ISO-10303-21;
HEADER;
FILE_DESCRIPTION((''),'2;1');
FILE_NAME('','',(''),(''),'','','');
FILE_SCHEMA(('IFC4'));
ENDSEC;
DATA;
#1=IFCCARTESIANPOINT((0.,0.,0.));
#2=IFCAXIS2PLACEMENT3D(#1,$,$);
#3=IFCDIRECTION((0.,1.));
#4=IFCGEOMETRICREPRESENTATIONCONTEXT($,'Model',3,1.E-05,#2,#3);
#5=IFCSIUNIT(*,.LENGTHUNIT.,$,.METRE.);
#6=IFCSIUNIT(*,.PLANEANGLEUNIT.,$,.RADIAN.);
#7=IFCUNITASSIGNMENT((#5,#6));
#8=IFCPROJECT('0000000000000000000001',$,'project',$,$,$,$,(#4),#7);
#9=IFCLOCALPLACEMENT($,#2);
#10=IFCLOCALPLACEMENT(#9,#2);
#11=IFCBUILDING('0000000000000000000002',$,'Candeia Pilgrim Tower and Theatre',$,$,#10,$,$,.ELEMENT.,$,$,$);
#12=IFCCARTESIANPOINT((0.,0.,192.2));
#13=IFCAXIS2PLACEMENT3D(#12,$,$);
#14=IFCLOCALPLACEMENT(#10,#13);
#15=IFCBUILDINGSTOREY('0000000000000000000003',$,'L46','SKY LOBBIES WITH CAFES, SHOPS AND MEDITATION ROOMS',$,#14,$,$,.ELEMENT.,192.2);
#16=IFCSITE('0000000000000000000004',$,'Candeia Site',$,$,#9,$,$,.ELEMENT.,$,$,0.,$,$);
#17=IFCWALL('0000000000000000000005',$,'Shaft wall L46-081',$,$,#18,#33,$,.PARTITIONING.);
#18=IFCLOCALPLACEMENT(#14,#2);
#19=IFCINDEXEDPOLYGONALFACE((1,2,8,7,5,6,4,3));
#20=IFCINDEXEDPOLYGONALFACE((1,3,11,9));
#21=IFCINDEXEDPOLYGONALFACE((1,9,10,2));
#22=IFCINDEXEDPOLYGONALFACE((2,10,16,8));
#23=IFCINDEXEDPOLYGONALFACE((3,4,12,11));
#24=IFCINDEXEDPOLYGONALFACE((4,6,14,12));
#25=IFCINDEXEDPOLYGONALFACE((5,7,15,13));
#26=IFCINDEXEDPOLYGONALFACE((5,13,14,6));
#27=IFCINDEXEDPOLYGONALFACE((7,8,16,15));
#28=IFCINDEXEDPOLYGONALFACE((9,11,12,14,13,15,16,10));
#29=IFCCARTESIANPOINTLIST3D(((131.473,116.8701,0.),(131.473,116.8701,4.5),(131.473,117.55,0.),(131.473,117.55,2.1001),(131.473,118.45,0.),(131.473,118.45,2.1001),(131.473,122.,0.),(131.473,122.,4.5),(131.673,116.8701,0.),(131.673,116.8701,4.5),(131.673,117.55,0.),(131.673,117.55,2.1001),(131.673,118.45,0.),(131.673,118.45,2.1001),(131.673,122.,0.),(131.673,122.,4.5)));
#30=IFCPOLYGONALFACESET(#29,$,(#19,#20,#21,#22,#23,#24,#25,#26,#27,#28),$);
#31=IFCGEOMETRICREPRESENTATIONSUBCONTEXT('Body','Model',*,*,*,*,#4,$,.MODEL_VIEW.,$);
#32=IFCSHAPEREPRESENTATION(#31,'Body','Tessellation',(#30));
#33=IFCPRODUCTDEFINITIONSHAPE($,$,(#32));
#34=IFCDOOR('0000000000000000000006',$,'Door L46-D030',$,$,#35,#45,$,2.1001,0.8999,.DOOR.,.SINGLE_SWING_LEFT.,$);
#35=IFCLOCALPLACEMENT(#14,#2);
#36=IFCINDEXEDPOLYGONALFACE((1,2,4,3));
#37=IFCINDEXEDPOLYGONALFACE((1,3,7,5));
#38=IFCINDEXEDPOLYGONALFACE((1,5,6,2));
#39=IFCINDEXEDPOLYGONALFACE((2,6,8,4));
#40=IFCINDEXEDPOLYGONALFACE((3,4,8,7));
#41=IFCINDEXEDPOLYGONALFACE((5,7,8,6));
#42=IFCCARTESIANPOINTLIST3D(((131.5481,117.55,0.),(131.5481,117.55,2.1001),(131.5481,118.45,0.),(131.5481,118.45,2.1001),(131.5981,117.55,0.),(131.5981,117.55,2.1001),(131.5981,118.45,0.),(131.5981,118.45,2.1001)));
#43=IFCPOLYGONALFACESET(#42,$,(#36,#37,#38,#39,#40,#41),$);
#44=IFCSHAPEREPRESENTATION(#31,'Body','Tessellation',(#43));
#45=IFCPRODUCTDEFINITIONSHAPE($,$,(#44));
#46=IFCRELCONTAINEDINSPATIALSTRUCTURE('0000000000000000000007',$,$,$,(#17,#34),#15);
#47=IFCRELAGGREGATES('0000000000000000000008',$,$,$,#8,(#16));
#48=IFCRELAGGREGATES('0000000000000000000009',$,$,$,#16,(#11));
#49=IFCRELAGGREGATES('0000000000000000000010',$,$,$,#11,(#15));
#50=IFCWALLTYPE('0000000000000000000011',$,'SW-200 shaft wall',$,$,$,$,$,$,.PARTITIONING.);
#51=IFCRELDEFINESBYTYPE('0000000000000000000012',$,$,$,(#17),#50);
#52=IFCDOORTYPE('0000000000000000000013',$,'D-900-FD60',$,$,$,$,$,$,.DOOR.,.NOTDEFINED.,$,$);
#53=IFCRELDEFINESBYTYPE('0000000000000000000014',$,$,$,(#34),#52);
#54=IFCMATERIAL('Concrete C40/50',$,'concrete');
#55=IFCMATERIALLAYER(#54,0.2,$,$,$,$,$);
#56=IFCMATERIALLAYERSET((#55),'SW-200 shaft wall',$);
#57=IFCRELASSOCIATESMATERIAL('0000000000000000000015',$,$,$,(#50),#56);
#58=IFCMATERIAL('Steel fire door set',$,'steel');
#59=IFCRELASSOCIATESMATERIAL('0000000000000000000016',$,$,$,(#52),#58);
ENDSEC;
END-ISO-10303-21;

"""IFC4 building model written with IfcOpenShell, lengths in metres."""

from ifc_helpers import new_model, si_unit, direction, frame, frame_2d, origin, place, context, subcontext, project, spatial, rectangle, extrude, material, layer, layer_set, type_object, element, fill, save


model = new_model("IFC4")

# Units and contexts
model_context = context("Model", 3, precision=1e-05, world=origin(), true_north=direction((0.0, 1.0)))
body_context = subcontext(model_context, "Body", "Model", "MODEL_VIEW")
ifc_project = project(units=[si_unit("LENGTHUNIT", "METRE"), si_unit("PLANEANGLEUNIT", "RADIAN")], contexts=[model_context])

# Site, building, storey
site_placement = place(None, origin())
site = spatial("IfcSite", under=ifc_project, at=site_placement, Name="Candeia Site", CompositionType="ELEMENT", RefElevation=0.0)
building_placement = place(site_placement, origin())
building = spatial("IfcBuilding", under=site, at=building_placement, Name="Candeia Pilgrim Tower and Theatre", CompositionType="ELEMENT")
storey_placement = place(building_placement, frame((0.0, 0.0, 192.2)))
storey = spatial("IfcBuildingStorey", under=building, at=storey_placement, Name="L46", Description="SKY LOBBIES WITH CAFES, SHOPS AND MEDITATION ROOMS", CompositionType="ELEMENT", Elevation=192.2)

# Shared definitions
ifc_material_1 = material(Name="Steel fire door set", Category="steel")

# Shared definitions
ifc_material_2 = material(Name="Concrete C40/50", Category="concrete")
ifc_layer_1 = layer(ifc_material_2, 0.2)
ifc_layer_set_1 = layer_set([ifc_layer_1], Name="SW-200 shaft wall")
wall_type_1 = type_object("IfcWallType", Name="SW-200 shaft wall", PredefinedType="PARTITIONING", material=ifc_layer_set_1)

# Wall, opening, door
wall_1_placement = place(storey_placement, frame((131.573, 116.8701, 0.0), z_axis=(0.0, 0.0, 1.0), x_axis=(0.0, 1.0, 0.0)))
wall_1 = element("IfcWall", 1, at=wall_1_placement, inside=storey, type_object=wall_type_1, Name="Shaft wall L46-081", PredefinedType="PARTITIONING", context=body_context, shape_type="SweptSolid", body=[
    extrude(rectangle(XDim=5.1299, YDim=0.2, at=frame_2d((2.5649, 0.0))), origin(), (0.0, 0.0, 1.0), 4.5),
])
opening_1_placement = place(wall_1_placement, frame((0.6799, 0.0, 0.0)))
opening_1 = element("IfcOpeningElement", 2, at=opening_1_placement, cuts=wall_1, PredefinedType="OPENING", context=body_context, shape_type="SweptSolid", body=[
    extrude(rectangle(XDim=0.8999, YDim=2.1001, at=frame_2d((0.45, 1.05))), frame((0.0, 0.1099, 0.0), z_axis=(0.0, -1.0, 0.0), x_axis=(1.0, 0.0, 0.0)), (0.0, 0.0, 1.0), 0.22),
])
door_type_1 = type_object("IfcDoorType", Name="D-900-FD60", OperationType="NOTDEFINED", PredefinedType="DOOR", material=ifc_material_1)
door_1_placement = place(opening_1_placement, origin())
door_1 = element("IfcDoor", 3, at=door_1_placement, inside=storey, type_object=door_type_1, Name="Door L46-D030", OperationType="SINGLE_SWING_LEFT", OverallHeight=2.1001, OverallWidth=0.8999, PredefinedType="DOOR", context=body_context, shape_type="SweptSolid", body=[
    extrude(rectangle(XDim=0.8999, YDim=2.1001, at=frame_2d((0.45, 1.05))), frame((0.0, 0.0249, 0.0), z_axis=(0.0, -1.0, 0.0), x_axis=(1.0, 0.0, 0.0)), (0.0, 0.0, 1.0), 0.05),
])
fill(opening_1, door_1)

save(model, "model.ifc")
